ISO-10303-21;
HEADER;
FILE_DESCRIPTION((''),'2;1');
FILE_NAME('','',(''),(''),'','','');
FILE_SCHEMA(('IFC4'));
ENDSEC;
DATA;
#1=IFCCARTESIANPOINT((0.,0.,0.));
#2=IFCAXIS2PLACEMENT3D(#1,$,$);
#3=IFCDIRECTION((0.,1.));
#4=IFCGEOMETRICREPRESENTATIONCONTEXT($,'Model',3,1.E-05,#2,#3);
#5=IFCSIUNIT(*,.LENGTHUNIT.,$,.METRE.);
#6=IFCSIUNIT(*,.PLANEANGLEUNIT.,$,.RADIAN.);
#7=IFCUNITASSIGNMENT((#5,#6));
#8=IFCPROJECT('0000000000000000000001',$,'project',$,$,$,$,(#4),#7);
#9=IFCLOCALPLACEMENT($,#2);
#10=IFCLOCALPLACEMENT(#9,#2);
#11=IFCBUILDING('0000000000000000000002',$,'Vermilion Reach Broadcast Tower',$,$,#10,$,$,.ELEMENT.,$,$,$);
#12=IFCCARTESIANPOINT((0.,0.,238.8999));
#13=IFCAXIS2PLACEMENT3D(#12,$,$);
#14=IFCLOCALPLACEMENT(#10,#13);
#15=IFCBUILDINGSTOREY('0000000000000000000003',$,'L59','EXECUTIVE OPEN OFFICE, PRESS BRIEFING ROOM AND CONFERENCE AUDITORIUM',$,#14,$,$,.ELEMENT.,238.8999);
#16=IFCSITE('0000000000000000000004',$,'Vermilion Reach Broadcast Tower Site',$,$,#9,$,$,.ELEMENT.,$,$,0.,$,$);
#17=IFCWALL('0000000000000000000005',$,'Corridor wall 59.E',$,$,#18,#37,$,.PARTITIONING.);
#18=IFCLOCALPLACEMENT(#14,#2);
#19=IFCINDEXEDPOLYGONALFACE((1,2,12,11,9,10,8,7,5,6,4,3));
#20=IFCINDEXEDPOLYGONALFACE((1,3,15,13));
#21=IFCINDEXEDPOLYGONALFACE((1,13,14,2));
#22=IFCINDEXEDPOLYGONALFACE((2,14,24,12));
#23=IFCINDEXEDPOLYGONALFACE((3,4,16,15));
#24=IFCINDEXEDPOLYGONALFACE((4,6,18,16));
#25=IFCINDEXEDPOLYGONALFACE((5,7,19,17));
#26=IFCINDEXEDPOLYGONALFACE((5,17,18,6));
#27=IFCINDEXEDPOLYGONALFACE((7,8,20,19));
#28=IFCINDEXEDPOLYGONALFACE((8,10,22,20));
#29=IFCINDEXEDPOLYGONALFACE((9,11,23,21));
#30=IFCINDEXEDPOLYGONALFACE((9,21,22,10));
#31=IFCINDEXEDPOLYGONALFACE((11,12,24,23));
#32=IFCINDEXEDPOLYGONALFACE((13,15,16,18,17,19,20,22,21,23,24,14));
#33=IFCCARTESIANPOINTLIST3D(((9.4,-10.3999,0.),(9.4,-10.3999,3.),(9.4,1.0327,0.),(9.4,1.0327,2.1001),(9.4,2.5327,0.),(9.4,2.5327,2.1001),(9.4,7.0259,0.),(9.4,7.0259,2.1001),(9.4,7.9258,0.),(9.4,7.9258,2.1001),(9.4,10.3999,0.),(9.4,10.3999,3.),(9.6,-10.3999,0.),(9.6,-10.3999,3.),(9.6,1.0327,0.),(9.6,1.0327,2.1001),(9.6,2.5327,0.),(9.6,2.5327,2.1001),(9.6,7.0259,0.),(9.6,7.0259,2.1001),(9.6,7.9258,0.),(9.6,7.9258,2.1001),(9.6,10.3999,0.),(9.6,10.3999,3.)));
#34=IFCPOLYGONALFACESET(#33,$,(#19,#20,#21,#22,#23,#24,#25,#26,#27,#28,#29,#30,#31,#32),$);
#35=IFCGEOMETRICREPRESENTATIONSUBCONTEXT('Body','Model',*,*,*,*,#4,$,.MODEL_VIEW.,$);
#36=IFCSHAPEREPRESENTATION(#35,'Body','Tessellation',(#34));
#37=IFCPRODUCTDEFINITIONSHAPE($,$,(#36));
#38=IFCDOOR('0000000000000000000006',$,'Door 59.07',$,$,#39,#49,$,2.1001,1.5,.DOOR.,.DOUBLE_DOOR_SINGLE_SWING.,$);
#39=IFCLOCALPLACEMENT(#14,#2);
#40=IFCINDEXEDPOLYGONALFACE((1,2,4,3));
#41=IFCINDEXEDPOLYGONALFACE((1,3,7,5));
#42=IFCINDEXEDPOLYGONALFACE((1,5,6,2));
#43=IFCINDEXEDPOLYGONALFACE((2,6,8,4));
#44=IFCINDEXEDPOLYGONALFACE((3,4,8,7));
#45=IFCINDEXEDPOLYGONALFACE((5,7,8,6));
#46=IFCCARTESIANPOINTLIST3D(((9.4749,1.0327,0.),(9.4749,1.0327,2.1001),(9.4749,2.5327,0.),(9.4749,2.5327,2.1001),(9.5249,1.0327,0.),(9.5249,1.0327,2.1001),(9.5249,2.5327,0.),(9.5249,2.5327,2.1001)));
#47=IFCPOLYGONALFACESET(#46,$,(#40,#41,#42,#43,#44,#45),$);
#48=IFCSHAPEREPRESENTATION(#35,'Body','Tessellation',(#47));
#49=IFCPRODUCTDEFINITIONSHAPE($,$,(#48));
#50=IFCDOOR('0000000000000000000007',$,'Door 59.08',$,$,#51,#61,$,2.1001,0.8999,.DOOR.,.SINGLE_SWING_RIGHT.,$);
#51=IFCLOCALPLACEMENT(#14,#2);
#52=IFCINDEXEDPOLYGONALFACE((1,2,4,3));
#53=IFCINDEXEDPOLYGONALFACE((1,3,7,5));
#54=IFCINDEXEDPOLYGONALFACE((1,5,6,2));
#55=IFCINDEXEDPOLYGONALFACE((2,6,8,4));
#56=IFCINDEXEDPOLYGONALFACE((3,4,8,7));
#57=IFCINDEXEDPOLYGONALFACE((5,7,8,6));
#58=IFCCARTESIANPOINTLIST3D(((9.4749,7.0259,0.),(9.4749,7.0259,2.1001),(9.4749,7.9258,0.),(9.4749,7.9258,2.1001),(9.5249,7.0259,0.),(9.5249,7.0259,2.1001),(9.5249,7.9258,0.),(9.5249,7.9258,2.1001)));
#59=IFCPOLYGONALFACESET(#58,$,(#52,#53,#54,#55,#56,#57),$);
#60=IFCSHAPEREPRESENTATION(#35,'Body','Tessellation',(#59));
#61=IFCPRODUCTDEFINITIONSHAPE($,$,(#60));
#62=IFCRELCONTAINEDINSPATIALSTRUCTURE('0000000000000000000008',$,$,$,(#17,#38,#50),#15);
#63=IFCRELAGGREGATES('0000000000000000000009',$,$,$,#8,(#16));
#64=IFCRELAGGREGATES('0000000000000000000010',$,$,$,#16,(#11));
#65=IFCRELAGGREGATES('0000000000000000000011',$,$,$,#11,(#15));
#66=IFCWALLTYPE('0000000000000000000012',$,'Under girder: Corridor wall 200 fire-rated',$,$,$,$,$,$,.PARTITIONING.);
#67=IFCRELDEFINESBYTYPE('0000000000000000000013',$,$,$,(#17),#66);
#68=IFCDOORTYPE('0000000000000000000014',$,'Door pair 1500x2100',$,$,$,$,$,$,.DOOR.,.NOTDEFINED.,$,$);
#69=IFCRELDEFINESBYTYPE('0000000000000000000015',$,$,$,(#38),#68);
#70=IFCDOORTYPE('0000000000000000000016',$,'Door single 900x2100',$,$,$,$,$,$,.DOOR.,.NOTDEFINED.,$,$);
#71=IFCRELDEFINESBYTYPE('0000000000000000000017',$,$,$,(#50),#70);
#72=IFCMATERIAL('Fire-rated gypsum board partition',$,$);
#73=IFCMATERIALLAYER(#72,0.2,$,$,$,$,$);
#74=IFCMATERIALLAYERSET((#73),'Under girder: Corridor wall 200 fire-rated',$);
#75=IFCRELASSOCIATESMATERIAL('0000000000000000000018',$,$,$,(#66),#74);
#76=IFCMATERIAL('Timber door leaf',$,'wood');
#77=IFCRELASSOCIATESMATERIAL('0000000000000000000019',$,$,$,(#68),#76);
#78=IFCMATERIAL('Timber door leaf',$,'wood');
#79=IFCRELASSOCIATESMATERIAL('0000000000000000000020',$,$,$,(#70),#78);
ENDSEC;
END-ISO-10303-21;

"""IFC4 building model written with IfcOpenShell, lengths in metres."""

from ifc_helpers import new_model, si_unit, direction, frame, frame_2d, origin, place, context, subcontext, project, spatial, rectangle, extrude, material, layer, layer_set, type_object, element, fill, save


model = new_model("IFC4")

# Units and contexts
model_context = context("Model", 3, precision=1e-05, world=origin(), true_north=direction((0.0, 1.0)))
body_context = subcontext(model_context, "Body", "Model", "MODEL_VIEW")
ifc_project = project(units=[si_unit("LENGTHUNIT", "METRE"), si_unit("PLANEANGLEUNIT", "RADIAN")], contexts=[model_context])

# Site, building, storey
site_placement = place(None, origin())
site = spatial("IfcSite", under=ifc_project, at=site_placement, Name="Vermilion Reach Broadcast Tower Site", CompositionType="ELEMENT", RefElevation=0.0)
building_placement = place(site_placement, origin())
building = spatial("IfcBuilding", under=site, at=building_placement, Name="Vermilion Reach Broadcast Tower", CompositionType="ELEMENT")
storey_placement = place(building_placement, frame((0.0, 0.0, 238.8999)))
storey = spatial("IfcBuildingStorey", under=building, at=storey_placement, Name="L59", Description="EXECUTIVE OPEN OFFICE, PRESS BRIEFING ROOM AND CONFERENCE AUDITORIUM", CompositionType="ELEMENT", Elevation=238.8999)

# Wall, openings, doors
ifc_material_1 = material(Name="Fire-rated gypsum board partition")
ifc_layer_1 = layer(ifc_material_1, 0.2)
ifc_layer_set_1 = layer_set([ifc_layer_1], Name="Under girder: Corridor wall 200 fire-rated")
wall_type_1 = type_object("IfcWallType", Name="Under girder: Corridor wall 200 fire-rated", PredefinedType="PARTITIONING", material=ifc_layer_set_1)
wall_1_placement = place(storey_placement, frame((9.5, 10.3999, 0.0), z_axis=(0.0, 0.0, 1.0), x_axis=(0.0, -1.0, 0.0)))
wall_1 = element("IfcWall", 1, at=wall_1_placement, inside=storey, type_object=wall_type_1, Name="Corridor wall 59.E", PredefinedType="PARTITIONING", context=body_context, shape_type="SweptSolid", body=[
    extrude(rectangle(XDim=20.7998, YDim=0.2, at=frame_2d((10.3999, 0.0))), origin(), (0.0, 0.0, 1.0), 3.0),
])
opening_1_placement = place(wall_1_placement, frame((7.8672, 0.0, 0.0)))
opening_1 = element("IfcOpeningElement", 2, at=opening_1_placement, cuts=wall_1, PredefinedType="OPENING", context=body_context, shape_type="SweptSolid", body=[
    extrude(rectangle(XDim=1.5, YDim=2.1001, at=frame_2d((0.75, 1.05))), frame((0.0, 0.1099, 0.0), z_axis=(0.0, -1.0, 0.0), x_axis=(1.0, 0.0, 0.0)), (0.0, 0.0, 1.0), 0.22),
])
opening_2_placement = place(wall_1_placement, frame((2.4741, 0.0, 0.0)))
opening_2 = element("IfcOpeningElement", 3, at=opening_2_placement, cuts=wall_1, PredefinedType="OPENING", context=body_context, shape_type="SweptSolid", body=[
    extrude(rectangle(XDim=0.8999, YDim=2.1001, at=frame_2d((0.45, 1.05))), frame((0.0, 0.1099, 0.0), z_axis=(0.0, -1.0, 0.0), x_axis=(1.0, 0.0, 0.0)), (0.0, 0.0, 1.0), 0.22),
])
ifc_material_2 = material(Name="Timber door leaf", Category="wood")
door_type_1 = type_object("IfcDoorType", Name="Door pair 1500x2100", OperationType="NOTDEFINED", PredefinedType="DOOR", material=ifc_material_2)
door_1_placement = place(opening_1_placement, origin())
door_1 = element("IfcDoor", 4, at=door_1_placement, inside=storey, type_object=door_type_1, Name="Door 59.07", OperationType="DOUBLE_DOOR_SINGLE_SWING", OverallHeight=2.1001, OverallWidth=1.5, PredefinedType="DOOR", context=body_context, shape_type="SweptSolid", body=[
    extrude(rectangle(XDim=1.5, YDim=2.1001, at=frame_2d((0.75, 1.05))), frame((0.0, 0.0249, 0.0), z_axis=(0.0, -1.0, 0.0), x_axis=(1.0, 0.0, 0.0)), (0.0, 0.0, 1.0), 0.05),
])
fill(opening_1, door_1)
ifc_material_3 = material(Name="Timber door leaf", Category="wood")
door_type_2 = type_object("IfcDoorType", Name="Door single 900x2100", OperationType="NOTDEFINED", PredefinedType="DOOR", material=ifc_material_3)
door_2_placement = place(opening_2_placement, origin())
door_2 = element("IfcDoor", 5, at=door_2_placement, inside=storey, type_object=door_type_2, Name="Door 59.08", OperationType="SINGLE_SWING_RIGHT", OverallHeight=2.1001, OverallWidth=0.8999, PredefinedType="DOOR", context=body_context, shape_type="SweptSolid", body=[
    extrude(rectangle(XDim=0.8999, YDim=2.1001, at=frame_2d((0.45, 1.05))), frame((0.0, 0.0249, 0.0), z_axis=(0.0, -1.0, 0.0), x_axis=(1.0, 0.0, 0.0)), (0.0, 0.0, 1.0), 0.05),
])
fill(opening_2, door_2)

save(model, "model.ifc")
